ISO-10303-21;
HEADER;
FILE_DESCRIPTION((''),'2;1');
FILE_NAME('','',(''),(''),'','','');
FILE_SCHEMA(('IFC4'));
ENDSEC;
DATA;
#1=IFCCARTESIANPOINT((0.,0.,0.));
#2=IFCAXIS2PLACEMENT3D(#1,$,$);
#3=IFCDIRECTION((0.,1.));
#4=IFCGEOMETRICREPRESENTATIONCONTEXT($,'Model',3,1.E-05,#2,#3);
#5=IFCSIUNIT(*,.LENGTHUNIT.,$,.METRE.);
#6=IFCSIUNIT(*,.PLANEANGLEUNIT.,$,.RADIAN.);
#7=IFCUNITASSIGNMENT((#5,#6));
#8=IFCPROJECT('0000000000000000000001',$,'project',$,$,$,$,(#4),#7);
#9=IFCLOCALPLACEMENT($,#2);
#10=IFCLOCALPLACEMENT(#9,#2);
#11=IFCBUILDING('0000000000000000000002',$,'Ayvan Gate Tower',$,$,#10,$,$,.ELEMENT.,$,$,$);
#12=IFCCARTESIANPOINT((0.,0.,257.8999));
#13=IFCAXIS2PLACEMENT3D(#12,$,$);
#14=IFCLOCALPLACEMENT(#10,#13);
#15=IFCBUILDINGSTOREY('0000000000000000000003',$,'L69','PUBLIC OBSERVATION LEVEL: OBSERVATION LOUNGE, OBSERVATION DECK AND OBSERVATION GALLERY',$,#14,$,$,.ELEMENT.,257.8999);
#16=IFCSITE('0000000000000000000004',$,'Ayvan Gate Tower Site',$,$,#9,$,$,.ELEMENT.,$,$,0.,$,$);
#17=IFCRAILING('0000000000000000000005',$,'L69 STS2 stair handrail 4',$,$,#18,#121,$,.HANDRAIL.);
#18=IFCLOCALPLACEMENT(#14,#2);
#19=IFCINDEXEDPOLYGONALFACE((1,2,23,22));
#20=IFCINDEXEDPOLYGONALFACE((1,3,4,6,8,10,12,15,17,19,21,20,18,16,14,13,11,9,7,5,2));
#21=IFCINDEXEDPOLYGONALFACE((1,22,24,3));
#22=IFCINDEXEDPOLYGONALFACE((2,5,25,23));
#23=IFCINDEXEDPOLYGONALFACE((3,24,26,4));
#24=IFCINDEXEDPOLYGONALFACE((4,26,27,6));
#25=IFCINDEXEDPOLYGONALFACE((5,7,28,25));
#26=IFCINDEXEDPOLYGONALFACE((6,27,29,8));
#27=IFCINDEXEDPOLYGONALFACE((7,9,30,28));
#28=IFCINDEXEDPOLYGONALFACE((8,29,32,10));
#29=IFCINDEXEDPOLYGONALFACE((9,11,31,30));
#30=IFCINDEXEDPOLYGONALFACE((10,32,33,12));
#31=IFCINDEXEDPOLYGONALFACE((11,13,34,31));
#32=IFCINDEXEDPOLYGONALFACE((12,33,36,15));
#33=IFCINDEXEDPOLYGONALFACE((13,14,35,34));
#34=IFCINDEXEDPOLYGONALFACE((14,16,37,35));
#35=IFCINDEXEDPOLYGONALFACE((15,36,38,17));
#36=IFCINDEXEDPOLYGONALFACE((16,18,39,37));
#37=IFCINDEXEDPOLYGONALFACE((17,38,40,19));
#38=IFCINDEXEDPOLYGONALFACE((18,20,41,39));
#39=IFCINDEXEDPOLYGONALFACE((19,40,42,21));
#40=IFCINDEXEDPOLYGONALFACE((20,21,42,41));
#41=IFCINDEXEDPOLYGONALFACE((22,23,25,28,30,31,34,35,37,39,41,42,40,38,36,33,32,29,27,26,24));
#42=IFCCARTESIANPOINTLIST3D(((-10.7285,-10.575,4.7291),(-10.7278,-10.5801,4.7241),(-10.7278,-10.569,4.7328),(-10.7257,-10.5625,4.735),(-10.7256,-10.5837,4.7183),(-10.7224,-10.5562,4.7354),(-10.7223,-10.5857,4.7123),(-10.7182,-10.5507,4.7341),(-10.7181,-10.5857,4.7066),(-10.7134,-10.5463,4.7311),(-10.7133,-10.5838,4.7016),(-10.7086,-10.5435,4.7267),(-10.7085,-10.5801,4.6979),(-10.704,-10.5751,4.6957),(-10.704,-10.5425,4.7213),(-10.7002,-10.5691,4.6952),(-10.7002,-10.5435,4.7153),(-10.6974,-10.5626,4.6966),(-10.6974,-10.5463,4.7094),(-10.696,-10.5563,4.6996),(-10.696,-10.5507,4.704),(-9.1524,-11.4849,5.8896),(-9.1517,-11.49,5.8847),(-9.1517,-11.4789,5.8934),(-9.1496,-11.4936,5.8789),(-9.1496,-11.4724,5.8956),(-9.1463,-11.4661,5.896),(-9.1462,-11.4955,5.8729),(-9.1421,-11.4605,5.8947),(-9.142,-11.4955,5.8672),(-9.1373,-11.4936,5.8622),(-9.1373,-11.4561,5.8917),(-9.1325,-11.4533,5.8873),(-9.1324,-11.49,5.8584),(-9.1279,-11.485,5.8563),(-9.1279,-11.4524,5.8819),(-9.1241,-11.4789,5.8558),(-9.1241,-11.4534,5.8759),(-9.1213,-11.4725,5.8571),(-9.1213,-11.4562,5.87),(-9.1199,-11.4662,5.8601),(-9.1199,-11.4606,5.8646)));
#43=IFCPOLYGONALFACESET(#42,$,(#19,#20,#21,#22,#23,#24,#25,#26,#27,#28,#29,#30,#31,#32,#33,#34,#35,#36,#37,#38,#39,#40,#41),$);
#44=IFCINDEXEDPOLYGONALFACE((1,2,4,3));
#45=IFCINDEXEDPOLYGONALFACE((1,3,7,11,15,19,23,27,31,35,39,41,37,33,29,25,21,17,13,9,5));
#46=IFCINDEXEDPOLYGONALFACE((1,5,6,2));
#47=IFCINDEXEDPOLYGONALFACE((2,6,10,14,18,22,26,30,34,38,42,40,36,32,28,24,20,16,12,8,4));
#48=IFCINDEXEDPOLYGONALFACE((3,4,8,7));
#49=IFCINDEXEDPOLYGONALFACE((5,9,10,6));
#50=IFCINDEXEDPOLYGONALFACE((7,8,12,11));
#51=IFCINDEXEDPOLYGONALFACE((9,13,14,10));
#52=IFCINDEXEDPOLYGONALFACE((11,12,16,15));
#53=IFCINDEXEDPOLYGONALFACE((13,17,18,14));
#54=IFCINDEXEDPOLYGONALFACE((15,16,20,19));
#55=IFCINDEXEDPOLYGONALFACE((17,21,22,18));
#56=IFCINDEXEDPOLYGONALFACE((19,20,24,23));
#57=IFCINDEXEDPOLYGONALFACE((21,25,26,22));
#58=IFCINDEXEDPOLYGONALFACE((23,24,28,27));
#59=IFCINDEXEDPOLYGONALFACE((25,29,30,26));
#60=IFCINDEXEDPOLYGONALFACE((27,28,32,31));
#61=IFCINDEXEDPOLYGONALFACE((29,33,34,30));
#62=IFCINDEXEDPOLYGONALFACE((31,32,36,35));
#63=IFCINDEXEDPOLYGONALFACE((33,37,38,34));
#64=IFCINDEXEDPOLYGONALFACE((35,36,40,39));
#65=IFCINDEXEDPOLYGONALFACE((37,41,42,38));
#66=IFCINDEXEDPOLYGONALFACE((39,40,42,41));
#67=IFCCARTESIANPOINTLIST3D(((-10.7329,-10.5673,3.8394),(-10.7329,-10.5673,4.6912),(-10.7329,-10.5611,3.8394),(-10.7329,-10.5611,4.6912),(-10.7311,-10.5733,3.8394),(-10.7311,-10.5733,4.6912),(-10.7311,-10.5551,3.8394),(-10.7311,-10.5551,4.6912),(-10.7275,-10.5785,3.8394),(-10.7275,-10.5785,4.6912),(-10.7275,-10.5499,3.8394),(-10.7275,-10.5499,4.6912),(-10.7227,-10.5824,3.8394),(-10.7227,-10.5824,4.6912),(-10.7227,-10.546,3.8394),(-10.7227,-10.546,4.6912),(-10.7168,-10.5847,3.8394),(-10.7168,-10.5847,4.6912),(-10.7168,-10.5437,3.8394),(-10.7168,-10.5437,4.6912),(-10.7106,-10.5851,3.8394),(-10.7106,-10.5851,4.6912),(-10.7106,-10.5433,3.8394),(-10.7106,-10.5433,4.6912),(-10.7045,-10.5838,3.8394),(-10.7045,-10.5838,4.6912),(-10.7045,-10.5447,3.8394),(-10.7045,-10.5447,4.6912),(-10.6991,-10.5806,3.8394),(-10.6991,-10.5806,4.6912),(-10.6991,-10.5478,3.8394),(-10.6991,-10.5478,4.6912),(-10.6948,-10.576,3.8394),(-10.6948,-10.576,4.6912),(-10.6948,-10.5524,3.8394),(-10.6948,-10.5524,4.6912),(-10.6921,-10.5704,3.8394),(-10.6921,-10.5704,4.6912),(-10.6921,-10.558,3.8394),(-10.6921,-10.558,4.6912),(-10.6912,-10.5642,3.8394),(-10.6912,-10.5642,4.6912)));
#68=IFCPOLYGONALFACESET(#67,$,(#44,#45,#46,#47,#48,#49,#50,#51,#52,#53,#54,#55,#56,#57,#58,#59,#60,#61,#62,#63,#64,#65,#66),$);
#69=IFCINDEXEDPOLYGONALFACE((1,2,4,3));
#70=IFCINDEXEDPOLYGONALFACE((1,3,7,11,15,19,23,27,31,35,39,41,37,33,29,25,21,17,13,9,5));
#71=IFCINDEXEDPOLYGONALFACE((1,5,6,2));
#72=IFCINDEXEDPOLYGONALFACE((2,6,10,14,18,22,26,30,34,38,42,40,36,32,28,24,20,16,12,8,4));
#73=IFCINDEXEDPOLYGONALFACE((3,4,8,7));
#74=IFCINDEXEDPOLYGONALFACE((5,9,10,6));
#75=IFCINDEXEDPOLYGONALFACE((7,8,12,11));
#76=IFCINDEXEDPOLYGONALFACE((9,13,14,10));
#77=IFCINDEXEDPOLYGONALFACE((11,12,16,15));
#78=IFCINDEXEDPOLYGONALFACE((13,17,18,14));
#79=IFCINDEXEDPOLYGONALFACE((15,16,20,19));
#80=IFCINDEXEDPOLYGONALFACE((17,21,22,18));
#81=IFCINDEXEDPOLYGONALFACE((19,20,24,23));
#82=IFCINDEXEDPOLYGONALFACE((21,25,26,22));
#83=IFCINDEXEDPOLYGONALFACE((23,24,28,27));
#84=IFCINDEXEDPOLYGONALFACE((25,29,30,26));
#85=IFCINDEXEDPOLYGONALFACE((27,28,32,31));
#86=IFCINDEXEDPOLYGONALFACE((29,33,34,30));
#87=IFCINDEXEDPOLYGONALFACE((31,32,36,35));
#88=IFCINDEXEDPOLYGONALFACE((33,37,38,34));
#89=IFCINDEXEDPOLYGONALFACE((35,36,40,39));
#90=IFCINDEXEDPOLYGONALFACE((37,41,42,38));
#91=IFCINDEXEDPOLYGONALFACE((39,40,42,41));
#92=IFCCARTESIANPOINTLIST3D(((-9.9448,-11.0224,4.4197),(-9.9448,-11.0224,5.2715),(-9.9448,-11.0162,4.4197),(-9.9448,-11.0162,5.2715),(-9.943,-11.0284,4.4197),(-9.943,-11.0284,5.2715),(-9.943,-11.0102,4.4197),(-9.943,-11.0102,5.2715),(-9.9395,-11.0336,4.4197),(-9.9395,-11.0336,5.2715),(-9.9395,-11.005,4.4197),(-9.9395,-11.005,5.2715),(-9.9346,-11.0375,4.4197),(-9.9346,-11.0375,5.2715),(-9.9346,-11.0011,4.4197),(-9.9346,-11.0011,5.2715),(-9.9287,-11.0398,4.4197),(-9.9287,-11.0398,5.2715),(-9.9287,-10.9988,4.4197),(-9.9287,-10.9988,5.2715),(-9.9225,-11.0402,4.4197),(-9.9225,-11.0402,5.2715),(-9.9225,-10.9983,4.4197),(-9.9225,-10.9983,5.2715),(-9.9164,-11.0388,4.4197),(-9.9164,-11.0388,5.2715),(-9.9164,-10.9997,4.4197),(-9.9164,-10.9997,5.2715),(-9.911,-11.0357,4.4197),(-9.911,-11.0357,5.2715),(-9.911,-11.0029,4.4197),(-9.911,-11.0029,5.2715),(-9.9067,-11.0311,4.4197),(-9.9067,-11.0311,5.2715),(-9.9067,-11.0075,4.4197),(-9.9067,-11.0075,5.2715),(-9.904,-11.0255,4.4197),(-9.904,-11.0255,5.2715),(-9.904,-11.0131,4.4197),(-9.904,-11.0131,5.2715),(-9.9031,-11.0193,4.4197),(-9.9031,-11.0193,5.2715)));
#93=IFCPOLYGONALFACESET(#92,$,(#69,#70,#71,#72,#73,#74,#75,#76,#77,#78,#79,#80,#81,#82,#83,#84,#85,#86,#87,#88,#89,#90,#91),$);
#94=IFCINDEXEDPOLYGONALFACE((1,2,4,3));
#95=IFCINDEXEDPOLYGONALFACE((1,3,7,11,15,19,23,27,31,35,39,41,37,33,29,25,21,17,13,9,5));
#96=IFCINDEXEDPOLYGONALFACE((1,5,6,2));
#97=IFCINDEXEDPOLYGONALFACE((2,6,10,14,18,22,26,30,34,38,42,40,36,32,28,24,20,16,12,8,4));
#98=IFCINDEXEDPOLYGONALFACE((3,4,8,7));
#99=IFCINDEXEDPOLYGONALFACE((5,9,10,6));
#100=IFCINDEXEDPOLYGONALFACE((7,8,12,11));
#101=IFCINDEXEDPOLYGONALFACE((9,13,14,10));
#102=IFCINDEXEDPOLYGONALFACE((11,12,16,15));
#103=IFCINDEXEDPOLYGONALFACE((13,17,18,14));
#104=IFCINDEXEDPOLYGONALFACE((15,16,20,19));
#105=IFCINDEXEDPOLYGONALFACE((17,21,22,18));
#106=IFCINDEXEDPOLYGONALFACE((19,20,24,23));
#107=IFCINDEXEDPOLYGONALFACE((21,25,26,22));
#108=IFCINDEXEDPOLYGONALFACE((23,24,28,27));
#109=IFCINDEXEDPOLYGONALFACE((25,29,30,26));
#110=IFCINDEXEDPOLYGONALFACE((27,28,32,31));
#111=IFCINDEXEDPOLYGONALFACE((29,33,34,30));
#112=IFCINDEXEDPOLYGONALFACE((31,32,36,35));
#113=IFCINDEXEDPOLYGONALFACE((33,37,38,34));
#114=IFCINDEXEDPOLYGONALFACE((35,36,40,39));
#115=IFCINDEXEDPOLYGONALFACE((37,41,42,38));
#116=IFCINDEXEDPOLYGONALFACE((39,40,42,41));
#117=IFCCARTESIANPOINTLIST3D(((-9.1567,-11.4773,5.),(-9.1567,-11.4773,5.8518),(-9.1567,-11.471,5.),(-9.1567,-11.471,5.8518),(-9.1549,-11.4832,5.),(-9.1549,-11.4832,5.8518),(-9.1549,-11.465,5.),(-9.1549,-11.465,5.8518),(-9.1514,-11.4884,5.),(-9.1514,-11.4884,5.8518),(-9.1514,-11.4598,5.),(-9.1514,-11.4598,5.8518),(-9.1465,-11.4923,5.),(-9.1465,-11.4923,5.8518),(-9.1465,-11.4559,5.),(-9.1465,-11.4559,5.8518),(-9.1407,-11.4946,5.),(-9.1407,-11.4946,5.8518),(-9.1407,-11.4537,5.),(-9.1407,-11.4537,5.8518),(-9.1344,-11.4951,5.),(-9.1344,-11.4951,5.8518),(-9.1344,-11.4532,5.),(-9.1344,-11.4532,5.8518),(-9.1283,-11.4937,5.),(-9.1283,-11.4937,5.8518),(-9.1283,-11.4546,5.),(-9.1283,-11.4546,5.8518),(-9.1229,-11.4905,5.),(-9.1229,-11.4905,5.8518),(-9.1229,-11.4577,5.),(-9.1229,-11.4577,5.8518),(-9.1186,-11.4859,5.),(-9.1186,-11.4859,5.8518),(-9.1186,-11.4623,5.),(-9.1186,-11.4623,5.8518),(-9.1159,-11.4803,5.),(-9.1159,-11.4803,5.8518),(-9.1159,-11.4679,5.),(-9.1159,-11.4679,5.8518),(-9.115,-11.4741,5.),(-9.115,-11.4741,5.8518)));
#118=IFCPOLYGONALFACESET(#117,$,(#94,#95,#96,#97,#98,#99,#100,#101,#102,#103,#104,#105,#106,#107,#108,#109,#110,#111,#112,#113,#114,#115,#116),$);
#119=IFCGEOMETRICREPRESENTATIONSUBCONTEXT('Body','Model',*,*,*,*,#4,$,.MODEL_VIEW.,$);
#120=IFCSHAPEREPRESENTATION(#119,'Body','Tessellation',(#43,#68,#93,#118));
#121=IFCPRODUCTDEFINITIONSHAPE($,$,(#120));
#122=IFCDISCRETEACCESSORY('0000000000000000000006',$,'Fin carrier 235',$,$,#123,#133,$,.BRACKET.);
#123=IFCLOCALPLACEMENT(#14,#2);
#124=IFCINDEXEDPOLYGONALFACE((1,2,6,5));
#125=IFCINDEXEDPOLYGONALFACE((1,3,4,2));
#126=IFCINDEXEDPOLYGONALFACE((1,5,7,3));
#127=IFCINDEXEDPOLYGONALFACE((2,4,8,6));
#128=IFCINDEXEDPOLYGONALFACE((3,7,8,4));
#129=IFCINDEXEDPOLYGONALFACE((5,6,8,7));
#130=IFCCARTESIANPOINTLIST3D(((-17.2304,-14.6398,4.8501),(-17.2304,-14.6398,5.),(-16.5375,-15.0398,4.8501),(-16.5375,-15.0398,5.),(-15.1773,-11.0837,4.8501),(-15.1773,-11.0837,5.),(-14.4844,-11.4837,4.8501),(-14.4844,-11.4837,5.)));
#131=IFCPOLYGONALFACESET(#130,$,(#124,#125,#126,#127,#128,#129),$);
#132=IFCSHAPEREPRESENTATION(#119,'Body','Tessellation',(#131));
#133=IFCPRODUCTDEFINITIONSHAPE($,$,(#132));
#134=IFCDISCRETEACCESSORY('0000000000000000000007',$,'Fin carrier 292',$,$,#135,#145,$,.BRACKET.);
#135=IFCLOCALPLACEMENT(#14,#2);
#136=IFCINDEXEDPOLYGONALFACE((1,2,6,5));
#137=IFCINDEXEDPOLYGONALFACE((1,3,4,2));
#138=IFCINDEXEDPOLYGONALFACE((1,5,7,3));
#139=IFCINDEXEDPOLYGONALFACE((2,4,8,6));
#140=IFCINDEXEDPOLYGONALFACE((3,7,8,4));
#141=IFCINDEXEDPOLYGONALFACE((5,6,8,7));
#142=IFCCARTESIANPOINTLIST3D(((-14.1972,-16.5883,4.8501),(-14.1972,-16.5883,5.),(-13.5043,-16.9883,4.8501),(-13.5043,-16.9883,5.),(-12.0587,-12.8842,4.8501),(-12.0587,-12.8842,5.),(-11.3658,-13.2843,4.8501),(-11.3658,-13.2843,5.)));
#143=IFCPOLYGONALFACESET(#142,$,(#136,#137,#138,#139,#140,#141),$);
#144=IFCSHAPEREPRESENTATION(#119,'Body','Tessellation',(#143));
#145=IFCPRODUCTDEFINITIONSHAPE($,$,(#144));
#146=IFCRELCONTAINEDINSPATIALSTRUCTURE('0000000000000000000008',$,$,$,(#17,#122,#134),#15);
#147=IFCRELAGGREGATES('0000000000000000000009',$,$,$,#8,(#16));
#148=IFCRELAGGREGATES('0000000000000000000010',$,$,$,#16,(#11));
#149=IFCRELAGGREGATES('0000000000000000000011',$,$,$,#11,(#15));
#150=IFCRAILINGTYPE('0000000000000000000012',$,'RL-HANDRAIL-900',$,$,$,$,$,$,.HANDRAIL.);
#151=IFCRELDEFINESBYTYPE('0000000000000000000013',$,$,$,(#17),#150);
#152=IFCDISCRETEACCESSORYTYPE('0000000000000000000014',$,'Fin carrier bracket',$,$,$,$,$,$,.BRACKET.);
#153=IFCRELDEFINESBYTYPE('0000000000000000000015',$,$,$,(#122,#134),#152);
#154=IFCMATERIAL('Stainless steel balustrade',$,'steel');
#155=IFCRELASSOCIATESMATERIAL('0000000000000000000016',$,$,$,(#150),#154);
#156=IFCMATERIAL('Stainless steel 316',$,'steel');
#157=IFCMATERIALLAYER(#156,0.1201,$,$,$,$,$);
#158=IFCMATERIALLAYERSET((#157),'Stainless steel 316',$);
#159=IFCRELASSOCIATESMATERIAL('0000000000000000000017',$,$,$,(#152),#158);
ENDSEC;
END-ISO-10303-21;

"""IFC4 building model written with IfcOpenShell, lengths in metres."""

from ifc_helpers import new_model, si_unit, direction, frame, origin, origin_2d, place, context, subcontext, project, spatial, rectangle, circle, extrude, material, layer, layer_set, type_object, element, save


model = new_model("IFC4")

# Units and contexts
model_context = context("Model", 3, precision=1e-05, world=origin(), true_north=direction((0.0, 1.0)))
body_context = subcontext(model_context, "Body", "Model", "MODEL_VIEW")
ifc_project = project(units=[si_unit("LENGTHUNIT", "METRE"), si_unit("PLANEANGLEUNIT", "RADIAN")], contexts=[model_context])

# Site, building, storey
site_placement = place(None, origin())
site = spatial("IfcSite", under=ifc_project, at=site_placement, Name="Ayvan Gate Tower Site", CompositionType="ELEMENT", RefElevation=0.0)
building_placement = place(site_placement, origin())
building = spatial("IfcBuilding", under=site, at=building_placement, Name="Ayvan Gate Tower", CompositionType="ELEMENT")
storey_placement = place(building_placement, frame((0.0, 0.0, 257.8999)))
storey = spatial("IfcBuildingStorey", under=building, at=storey_placement, Name="L69", Description="PUBLIC OBSERVATION LEVEL: OBSERVATION LOUNGE, OBSERVATION DECK AND OBSERVATION GALLERY", CompositionType="ELEMENT", Elevation=257.8999)

# Railing
ifc_material_1 = material(Name="Stainless steel balustrade", Category="steel")
railing_type_1 = type_object("IfcRailingType", Name="RL-HANDRAIL-900", PredefinedType="HANDRAIL", material=ifc_material_1)
for number, where, name in (
    (1, (-10.7122, -10.5642, 3.8394), "L69 STS2 stair handrail 4"),
):
    element("IfcRailing", number, at=place(storey_placement, frame(where)), inside=storey, type_object=railing_type_1, Name=name, PredefinedType="HANDRAIL", context=body_context, shape_type="SweptSolid", body=[
        extrude(circle(Radius=0.0239, at=origin_2d()), frame((0.0, 0.0, 0.876), z_axis=(0.730198, -0.421538, 0.537695), x_axis=(0.499962, 0.866047, 0.0)), (0.0, 0.0, 1.0), 2.1584),
        extrude(circle(Radius=0.021, at=origin_2d()), origin(), (0.0, 0.0, 1.0), 0.8518),
        extrude(circle(Radius=0.021, at=origin_2d()), frame((0.7881, -0.4551, 0.5803)), (0.0, 0.0, 1.0), 0.8518),
        extrude(circle(Radius=0.021, at=origin_2d()), frame((1.5762, -0.9099, 1.1606)), (0.0, 0.0, 1.0), 0.8518),
    ])

# Discrete accessories
ifc_material_2 = material(Name="Stainless steel 316", Category="steel")
ifc_layer_1 = layer(ifc_material_2, 0.1201)
ifc_layer_set_1 = layer_set([ifc_layer_1], Name="Stainless steel 316")
discrete_accessory_type = type_object("IfcDiscreteAccessoryType", Name="Fin carrier bracket", PredefinedType="BRACKET", material=ifc_layer_set_1)
discrete_accessory_1_placement = place(storey_placement, frame((-15.8574, -13.0618, 4.8501), z_axis=(0.0, 0.0, 1.0), x_axis=(0.866025, -0.5, 0.0)))
element("IfcDiscreteAccessory", 2, at=discrete_accessory_1_placement, inside=storey, type_object=discrete_accessory_type, Name="Fin carrier 235", PredefinedType="BRACKET", context=body_context, shape_type="SweptSolid", body=[
    extrude(rectangle(XDim=0.8, YDim=4.1062, at=origin_2d()), origin(), (0.0, 0.0, 1.0), 0.1499),
])
discrete_accessory_2_placement = place(storey_placement, frame((-12.7815, -14.9363, 4.8501), z_axis=(0.0, 0.0, 1.0), x_axis=(0.866025, -0.5, 0.0)))
element("IfcDiscreteAccessory", 3, at=discrete_accessory_2_placement, inside=storey, type_object=discrete_accessory_type, Name="Fin carrier 292", PredefinedType="BRACKET", context=body_context, shape_type="SweptSolid", body=[
    extrude(rectangle(XDim=0.8, YDim=4.2771, at=origin_2d()), origin(), (0.0, 0.0, 1.0), 0.1499),
])

save(model, "model.ifc")
